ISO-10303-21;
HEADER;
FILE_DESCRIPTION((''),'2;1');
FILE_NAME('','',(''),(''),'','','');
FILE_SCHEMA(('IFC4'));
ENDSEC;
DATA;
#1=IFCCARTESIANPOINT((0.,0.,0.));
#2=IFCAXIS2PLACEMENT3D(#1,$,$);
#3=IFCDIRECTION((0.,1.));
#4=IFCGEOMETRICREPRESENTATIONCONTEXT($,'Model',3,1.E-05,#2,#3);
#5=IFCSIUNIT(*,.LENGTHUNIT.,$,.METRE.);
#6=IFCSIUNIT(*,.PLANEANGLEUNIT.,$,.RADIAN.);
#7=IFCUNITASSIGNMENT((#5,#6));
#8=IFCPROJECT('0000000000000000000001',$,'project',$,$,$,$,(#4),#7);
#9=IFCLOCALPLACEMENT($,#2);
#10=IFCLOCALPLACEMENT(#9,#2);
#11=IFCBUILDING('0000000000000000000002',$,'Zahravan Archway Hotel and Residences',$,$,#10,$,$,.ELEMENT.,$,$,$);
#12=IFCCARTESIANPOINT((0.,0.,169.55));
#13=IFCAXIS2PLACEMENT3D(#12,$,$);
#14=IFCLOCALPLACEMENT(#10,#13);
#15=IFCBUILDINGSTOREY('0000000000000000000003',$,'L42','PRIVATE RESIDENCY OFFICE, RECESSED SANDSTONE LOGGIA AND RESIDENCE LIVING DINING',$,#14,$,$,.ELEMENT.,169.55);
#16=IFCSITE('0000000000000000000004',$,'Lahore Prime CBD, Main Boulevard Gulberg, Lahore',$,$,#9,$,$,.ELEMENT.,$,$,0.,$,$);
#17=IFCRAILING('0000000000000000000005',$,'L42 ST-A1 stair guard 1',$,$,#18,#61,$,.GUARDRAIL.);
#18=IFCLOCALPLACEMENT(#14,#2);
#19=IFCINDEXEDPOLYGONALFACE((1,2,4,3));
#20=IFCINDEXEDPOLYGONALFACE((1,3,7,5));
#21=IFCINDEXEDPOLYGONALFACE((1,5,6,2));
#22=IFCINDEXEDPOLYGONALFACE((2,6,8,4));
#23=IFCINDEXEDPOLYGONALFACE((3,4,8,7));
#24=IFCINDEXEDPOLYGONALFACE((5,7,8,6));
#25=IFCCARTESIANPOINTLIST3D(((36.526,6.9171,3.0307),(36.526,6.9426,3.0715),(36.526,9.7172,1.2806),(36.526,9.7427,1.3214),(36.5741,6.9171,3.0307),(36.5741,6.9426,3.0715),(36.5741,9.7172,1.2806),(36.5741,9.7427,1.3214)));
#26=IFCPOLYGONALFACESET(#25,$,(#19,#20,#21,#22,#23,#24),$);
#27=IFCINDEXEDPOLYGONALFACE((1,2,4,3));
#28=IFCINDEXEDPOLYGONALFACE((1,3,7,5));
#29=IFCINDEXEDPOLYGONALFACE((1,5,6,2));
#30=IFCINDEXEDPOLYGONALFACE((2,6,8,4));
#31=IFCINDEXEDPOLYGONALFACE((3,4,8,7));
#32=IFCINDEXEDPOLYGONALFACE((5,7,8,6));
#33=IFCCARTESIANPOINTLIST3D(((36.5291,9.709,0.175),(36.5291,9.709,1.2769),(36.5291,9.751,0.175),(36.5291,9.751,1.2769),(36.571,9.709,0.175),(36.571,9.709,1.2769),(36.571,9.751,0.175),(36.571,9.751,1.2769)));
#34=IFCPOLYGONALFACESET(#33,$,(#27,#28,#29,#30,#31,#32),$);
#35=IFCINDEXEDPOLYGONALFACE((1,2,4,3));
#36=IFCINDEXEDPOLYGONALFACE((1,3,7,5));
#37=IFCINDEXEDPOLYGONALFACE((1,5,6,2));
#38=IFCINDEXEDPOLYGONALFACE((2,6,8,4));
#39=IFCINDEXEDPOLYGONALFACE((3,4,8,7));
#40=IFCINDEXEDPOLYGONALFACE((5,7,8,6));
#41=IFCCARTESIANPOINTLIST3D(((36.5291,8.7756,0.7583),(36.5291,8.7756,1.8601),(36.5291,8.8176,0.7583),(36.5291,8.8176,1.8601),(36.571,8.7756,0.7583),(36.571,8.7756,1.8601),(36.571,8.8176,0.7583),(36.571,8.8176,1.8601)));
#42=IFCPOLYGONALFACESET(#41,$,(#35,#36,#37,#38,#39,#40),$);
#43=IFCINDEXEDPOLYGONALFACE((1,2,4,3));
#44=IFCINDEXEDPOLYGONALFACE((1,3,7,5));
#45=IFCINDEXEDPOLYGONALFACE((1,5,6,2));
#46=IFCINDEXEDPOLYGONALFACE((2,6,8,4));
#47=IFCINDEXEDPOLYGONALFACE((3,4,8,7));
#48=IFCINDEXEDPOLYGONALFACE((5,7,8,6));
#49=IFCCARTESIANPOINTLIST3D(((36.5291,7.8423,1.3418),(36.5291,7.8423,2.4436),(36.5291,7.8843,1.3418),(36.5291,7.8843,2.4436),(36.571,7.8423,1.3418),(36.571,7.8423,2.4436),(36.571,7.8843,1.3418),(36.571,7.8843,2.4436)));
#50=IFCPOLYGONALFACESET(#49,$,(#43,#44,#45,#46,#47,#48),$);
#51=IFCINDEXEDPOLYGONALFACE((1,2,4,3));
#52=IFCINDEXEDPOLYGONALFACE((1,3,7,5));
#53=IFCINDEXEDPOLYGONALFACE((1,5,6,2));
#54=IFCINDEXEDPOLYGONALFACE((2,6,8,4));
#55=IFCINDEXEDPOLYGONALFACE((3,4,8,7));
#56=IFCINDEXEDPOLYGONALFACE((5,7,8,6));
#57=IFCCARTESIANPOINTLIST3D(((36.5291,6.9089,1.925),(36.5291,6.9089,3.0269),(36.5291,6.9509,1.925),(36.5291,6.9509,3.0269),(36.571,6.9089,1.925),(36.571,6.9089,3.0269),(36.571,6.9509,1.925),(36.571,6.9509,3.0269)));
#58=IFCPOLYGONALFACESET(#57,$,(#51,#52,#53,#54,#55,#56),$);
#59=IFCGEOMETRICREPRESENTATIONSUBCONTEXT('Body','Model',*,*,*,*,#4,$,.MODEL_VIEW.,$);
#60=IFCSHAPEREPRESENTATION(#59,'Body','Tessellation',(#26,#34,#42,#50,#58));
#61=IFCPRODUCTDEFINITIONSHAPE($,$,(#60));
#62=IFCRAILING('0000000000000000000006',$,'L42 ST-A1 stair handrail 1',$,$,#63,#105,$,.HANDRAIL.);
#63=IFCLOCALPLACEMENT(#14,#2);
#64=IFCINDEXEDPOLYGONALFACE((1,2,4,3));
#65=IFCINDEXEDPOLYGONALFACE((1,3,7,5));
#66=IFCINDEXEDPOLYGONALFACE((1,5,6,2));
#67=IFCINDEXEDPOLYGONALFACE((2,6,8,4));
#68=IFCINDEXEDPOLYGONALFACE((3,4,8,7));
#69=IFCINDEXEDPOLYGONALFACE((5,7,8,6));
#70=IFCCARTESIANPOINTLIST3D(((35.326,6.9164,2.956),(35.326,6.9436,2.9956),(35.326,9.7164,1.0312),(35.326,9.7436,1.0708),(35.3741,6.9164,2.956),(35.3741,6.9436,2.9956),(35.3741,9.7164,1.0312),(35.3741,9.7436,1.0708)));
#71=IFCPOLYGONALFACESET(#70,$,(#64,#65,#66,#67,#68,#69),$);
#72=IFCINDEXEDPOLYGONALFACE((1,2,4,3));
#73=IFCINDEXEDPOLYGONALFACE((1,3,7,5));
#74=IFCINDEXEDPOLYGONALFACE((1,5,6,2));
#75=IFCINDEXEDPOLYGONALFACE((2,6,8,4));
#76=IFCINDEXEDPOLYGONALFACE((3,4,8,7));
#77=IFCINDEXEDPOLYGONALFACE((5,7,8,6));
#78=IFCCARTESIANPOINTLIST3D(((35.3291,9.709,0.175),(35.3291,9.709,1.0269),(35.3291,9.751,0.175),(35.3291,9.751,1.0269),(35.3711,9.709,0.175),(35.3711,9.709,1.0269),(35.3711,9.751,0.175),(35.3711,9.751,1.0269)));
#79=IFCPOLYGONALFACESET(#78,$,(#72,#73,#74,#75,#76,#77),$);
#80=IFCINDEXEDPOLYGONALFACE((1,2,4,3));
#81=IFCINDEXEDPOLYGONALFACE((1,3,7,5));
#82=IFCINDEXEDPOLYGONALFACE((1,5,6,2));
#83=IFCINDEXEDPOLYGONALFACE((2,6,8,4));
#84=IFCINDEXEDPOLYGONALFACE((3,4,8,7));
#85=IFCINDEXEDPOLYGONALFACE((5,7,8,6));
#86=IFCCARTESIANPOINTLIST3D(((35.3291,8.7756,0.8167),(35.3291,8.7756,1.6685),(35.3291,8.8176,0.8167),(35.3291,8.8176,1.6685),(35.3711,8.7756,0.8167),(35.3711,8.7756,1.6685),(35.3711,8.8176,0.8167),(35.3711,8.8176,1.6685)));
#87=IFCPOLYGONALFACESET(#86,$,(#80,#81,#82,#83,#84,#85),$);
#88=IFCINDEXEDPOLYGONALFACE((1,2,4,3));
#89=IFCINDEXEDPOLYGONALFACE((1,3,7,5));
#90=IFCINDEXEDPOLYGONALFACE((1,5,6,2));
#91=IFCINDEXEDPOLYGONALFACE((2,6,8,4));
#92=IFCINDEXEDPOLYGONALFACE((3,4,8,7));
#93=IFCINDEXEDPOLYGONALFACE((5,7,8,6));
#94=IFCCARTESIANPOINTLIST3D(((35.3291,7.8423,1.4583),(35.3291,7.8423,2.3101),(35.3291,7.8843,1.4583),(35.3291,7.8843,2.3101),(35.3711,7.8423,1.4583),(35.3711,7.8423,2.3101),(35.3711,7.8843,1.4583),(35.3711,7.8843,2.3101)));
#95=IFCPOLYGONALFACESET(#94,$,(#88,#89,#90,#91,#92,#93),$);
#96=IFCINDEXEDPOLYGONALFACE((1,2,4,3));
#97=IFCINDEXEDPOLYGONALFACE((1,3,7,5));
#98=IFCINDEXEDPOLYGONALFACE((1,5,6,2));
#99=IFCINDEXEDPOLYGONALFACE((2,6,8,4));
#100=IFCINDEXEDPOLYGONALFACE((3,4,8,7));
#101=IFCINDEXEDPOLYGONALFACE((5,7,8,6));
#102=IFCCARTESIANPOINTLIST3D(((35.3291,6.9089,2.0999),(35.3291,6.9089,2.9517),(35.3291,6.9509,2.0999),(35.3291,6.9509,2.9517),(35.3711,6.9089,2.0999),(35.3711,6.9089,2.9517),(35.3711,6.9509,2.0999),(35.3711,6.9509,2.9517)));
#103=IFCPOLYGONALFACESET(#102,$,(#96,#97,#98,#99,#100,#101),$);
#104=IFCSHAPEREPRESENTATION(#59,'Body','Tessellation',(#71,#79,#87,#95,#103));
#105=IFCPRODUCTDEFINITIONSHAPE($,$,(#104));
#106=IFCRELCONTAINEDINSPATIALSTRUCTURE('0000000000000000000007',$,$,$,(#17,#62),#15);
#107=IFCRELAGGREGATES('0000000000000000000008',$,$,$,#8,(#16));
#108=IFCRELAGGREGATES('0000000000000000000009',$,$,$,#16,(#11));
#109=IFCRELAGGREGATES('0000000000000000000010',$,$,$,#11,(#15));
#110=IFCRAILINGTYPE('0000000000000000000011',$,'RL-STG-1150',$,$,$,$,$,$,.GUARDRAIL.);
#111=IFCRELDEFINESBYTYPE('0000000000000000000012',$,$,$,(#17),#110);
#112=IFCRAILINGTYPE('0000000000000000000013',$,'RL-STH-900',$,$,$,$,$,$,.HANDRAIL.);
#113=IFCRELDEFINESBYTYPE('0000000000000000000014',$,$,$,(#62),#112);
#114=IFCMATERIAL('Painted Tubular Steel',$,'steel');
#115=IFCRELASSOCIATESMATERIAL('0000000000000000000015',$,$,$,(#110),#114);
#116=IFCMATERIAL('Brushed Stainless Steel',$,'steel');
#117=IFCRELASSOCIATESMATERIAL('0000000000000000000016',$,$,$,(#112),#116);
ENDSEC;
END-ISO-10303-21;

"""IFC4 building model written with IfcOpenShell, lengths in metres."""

from ifc_helpers import new_model, si_unit, direction, frame, origin, origin_2d, place, context, subcontext, project, spatial, rectangle, extrude, material, type_object, element, save


model = new_model("IFC4")

# Units and contexts
model_context = context("Model", 3, precision=1e-05, world=origin(), true_north=direction((0.0, 1.0)))
body_context = subcontext(model_context, "Body", "Model", "MODEL_VIEW")
ifc_project = project(units=[si_unit("LENGTHUNIT", "METRE"), si_unit("PLANEANGLEUNIT", "RADIAN")], contexts=[model_context])

# Site, building, storey
site_placement = place(None, origin())
site = spatial("IfcSite", under=ifc_project, at=site_placement, Name="Lahore Prime CBD, Main Boulevard Gulberg, Lahore", CompositionType="ELEMENT", RefElevation=0.0)
building_placement = place(site_placement, origin())
building = spatial("IfcBuilding", under=site, at=building_placement, Name="Zahravan Archway Hotel and Residences", CompositionType="ELEMENT")
storey_placement = place(building_placement, frame((0.0, 0.0, 169.55)))
storey = spatial("IfcBuildingStorey", under=building, at=storey_placement, Name="L42", Description="PRIVATE RESIDENCY OFFICE, RECESSED SANDSTONE LOGGIA AND RESIDENCE LIVING DINING", CompositionType="ELEMENT", Elevation=169.55)

# Railings
ifc_material_1 = material(Name="Painted Tubular Steel", Category="steel")
railing_type_1 = type_object("IfcRailingType", Name="RL-STG-1150", PredefinedType="GUARDRAIL", material=ifc_material_1)
railing_1_placement = place(storey_placement, frame((36.55, 9.73, 0.175)))
element("IfcRailing", 1, at=railing_1_placement, inside=storey, type_object=railing_type_1, Name="L42 ST-A1 stair guard 1", PredefinedType="GUARDRAIL", context=body_context, shape_type="SweptSolid", body=[
    extrude(rectangle(XDim=0.0481, YDim=0.0481, at=origin_2d()), frame((0.0, 0.0, 1.126), z_axis=(0.0, -0.848002, 0.529992), x_axis=(1.0, 0.0, 0.0)), (0.0, 0.0, 1.0), 3.302),
    extrude(rectangle(XDim=0.042, YDim=0.042, at=origin_2d()), origin(), (0.0, 0.0, 1.0), 1.1018),
    extrude(rectangle(XDim=0.042, YDim=0.042, at=origin_2d()), frame((0.0, -0.9333, 0.5833)), (0.0, 0.0, 1.0), 1.1018),
    extrude(rectangle(XDim=0.042, YDim=0.042, at=origin_2d()), frame((0.0, -1.8667, 1.1667)), (0.0, 0.0, 1.0), 1.1018),
    extrude(rectangle(XDim=0.042, YDim=0.042, at=origin_2d()), frame((0.0, -2.8, 1.75)), (0.0, 0.0, 1.0), 1.1018),
])
ifc_material_2 = material(Name="Brushed Stainless Steel", Category="steel")
railing_type_2 = type_object("IfcRailingType", Name="RL-STH-900", PredefinedType="HANDRAIL", material=ifc_material_2)
railing_2_placement = place(storey_placement, frame((35.3501, 9.73, 0.175)))
element("IfcRailing", 2, at=railing_2_placement, inside=storey, type_object=railing_type_2, Name="L42 ST-A1 stair handrail 1", PredefinedType="HANDRAIL", context=body_context, shape_type="SweptSolid", body=[
    extrude(rectangle(XDim=0.0481, YDim=0.0481, at=origin_2d()), frame((0.0, 0.0, 0.876), z_axis=(0.0, -0.824073, 0.566483), x_axis=(1.0, 0.0, 0.0)), (0.0, 0.0, 1.0), 3.3977),
    extrude(rectangle(XDim=0.042, YDim=0.042, at=origin_2d()), origin(), (0.0, 0.0, 1.0), 0.8518),
    extrude(rectangle(XDim=0.042, YDim=0.042, at=origin_2d()), frame((0.0, -0.9333, 0.6416)), (0.0, 0.0, 1.0), 0.8518),
    extrude(rectangle(XDim=0.042, YDim=0.042, at=origin_2d()), frame((0.0, -1.8667, 1.2832)), (0.0, 0.0, 1.0), 0.8518),
    extrude(rectangle(XDim=0.042, YDim=0.042, at=origin_2d()), frame((0.0, -2.8, 1.9248)), (0.0, 0.0, 1.0), 0.8518),
])

save(model, "model.ifc")
